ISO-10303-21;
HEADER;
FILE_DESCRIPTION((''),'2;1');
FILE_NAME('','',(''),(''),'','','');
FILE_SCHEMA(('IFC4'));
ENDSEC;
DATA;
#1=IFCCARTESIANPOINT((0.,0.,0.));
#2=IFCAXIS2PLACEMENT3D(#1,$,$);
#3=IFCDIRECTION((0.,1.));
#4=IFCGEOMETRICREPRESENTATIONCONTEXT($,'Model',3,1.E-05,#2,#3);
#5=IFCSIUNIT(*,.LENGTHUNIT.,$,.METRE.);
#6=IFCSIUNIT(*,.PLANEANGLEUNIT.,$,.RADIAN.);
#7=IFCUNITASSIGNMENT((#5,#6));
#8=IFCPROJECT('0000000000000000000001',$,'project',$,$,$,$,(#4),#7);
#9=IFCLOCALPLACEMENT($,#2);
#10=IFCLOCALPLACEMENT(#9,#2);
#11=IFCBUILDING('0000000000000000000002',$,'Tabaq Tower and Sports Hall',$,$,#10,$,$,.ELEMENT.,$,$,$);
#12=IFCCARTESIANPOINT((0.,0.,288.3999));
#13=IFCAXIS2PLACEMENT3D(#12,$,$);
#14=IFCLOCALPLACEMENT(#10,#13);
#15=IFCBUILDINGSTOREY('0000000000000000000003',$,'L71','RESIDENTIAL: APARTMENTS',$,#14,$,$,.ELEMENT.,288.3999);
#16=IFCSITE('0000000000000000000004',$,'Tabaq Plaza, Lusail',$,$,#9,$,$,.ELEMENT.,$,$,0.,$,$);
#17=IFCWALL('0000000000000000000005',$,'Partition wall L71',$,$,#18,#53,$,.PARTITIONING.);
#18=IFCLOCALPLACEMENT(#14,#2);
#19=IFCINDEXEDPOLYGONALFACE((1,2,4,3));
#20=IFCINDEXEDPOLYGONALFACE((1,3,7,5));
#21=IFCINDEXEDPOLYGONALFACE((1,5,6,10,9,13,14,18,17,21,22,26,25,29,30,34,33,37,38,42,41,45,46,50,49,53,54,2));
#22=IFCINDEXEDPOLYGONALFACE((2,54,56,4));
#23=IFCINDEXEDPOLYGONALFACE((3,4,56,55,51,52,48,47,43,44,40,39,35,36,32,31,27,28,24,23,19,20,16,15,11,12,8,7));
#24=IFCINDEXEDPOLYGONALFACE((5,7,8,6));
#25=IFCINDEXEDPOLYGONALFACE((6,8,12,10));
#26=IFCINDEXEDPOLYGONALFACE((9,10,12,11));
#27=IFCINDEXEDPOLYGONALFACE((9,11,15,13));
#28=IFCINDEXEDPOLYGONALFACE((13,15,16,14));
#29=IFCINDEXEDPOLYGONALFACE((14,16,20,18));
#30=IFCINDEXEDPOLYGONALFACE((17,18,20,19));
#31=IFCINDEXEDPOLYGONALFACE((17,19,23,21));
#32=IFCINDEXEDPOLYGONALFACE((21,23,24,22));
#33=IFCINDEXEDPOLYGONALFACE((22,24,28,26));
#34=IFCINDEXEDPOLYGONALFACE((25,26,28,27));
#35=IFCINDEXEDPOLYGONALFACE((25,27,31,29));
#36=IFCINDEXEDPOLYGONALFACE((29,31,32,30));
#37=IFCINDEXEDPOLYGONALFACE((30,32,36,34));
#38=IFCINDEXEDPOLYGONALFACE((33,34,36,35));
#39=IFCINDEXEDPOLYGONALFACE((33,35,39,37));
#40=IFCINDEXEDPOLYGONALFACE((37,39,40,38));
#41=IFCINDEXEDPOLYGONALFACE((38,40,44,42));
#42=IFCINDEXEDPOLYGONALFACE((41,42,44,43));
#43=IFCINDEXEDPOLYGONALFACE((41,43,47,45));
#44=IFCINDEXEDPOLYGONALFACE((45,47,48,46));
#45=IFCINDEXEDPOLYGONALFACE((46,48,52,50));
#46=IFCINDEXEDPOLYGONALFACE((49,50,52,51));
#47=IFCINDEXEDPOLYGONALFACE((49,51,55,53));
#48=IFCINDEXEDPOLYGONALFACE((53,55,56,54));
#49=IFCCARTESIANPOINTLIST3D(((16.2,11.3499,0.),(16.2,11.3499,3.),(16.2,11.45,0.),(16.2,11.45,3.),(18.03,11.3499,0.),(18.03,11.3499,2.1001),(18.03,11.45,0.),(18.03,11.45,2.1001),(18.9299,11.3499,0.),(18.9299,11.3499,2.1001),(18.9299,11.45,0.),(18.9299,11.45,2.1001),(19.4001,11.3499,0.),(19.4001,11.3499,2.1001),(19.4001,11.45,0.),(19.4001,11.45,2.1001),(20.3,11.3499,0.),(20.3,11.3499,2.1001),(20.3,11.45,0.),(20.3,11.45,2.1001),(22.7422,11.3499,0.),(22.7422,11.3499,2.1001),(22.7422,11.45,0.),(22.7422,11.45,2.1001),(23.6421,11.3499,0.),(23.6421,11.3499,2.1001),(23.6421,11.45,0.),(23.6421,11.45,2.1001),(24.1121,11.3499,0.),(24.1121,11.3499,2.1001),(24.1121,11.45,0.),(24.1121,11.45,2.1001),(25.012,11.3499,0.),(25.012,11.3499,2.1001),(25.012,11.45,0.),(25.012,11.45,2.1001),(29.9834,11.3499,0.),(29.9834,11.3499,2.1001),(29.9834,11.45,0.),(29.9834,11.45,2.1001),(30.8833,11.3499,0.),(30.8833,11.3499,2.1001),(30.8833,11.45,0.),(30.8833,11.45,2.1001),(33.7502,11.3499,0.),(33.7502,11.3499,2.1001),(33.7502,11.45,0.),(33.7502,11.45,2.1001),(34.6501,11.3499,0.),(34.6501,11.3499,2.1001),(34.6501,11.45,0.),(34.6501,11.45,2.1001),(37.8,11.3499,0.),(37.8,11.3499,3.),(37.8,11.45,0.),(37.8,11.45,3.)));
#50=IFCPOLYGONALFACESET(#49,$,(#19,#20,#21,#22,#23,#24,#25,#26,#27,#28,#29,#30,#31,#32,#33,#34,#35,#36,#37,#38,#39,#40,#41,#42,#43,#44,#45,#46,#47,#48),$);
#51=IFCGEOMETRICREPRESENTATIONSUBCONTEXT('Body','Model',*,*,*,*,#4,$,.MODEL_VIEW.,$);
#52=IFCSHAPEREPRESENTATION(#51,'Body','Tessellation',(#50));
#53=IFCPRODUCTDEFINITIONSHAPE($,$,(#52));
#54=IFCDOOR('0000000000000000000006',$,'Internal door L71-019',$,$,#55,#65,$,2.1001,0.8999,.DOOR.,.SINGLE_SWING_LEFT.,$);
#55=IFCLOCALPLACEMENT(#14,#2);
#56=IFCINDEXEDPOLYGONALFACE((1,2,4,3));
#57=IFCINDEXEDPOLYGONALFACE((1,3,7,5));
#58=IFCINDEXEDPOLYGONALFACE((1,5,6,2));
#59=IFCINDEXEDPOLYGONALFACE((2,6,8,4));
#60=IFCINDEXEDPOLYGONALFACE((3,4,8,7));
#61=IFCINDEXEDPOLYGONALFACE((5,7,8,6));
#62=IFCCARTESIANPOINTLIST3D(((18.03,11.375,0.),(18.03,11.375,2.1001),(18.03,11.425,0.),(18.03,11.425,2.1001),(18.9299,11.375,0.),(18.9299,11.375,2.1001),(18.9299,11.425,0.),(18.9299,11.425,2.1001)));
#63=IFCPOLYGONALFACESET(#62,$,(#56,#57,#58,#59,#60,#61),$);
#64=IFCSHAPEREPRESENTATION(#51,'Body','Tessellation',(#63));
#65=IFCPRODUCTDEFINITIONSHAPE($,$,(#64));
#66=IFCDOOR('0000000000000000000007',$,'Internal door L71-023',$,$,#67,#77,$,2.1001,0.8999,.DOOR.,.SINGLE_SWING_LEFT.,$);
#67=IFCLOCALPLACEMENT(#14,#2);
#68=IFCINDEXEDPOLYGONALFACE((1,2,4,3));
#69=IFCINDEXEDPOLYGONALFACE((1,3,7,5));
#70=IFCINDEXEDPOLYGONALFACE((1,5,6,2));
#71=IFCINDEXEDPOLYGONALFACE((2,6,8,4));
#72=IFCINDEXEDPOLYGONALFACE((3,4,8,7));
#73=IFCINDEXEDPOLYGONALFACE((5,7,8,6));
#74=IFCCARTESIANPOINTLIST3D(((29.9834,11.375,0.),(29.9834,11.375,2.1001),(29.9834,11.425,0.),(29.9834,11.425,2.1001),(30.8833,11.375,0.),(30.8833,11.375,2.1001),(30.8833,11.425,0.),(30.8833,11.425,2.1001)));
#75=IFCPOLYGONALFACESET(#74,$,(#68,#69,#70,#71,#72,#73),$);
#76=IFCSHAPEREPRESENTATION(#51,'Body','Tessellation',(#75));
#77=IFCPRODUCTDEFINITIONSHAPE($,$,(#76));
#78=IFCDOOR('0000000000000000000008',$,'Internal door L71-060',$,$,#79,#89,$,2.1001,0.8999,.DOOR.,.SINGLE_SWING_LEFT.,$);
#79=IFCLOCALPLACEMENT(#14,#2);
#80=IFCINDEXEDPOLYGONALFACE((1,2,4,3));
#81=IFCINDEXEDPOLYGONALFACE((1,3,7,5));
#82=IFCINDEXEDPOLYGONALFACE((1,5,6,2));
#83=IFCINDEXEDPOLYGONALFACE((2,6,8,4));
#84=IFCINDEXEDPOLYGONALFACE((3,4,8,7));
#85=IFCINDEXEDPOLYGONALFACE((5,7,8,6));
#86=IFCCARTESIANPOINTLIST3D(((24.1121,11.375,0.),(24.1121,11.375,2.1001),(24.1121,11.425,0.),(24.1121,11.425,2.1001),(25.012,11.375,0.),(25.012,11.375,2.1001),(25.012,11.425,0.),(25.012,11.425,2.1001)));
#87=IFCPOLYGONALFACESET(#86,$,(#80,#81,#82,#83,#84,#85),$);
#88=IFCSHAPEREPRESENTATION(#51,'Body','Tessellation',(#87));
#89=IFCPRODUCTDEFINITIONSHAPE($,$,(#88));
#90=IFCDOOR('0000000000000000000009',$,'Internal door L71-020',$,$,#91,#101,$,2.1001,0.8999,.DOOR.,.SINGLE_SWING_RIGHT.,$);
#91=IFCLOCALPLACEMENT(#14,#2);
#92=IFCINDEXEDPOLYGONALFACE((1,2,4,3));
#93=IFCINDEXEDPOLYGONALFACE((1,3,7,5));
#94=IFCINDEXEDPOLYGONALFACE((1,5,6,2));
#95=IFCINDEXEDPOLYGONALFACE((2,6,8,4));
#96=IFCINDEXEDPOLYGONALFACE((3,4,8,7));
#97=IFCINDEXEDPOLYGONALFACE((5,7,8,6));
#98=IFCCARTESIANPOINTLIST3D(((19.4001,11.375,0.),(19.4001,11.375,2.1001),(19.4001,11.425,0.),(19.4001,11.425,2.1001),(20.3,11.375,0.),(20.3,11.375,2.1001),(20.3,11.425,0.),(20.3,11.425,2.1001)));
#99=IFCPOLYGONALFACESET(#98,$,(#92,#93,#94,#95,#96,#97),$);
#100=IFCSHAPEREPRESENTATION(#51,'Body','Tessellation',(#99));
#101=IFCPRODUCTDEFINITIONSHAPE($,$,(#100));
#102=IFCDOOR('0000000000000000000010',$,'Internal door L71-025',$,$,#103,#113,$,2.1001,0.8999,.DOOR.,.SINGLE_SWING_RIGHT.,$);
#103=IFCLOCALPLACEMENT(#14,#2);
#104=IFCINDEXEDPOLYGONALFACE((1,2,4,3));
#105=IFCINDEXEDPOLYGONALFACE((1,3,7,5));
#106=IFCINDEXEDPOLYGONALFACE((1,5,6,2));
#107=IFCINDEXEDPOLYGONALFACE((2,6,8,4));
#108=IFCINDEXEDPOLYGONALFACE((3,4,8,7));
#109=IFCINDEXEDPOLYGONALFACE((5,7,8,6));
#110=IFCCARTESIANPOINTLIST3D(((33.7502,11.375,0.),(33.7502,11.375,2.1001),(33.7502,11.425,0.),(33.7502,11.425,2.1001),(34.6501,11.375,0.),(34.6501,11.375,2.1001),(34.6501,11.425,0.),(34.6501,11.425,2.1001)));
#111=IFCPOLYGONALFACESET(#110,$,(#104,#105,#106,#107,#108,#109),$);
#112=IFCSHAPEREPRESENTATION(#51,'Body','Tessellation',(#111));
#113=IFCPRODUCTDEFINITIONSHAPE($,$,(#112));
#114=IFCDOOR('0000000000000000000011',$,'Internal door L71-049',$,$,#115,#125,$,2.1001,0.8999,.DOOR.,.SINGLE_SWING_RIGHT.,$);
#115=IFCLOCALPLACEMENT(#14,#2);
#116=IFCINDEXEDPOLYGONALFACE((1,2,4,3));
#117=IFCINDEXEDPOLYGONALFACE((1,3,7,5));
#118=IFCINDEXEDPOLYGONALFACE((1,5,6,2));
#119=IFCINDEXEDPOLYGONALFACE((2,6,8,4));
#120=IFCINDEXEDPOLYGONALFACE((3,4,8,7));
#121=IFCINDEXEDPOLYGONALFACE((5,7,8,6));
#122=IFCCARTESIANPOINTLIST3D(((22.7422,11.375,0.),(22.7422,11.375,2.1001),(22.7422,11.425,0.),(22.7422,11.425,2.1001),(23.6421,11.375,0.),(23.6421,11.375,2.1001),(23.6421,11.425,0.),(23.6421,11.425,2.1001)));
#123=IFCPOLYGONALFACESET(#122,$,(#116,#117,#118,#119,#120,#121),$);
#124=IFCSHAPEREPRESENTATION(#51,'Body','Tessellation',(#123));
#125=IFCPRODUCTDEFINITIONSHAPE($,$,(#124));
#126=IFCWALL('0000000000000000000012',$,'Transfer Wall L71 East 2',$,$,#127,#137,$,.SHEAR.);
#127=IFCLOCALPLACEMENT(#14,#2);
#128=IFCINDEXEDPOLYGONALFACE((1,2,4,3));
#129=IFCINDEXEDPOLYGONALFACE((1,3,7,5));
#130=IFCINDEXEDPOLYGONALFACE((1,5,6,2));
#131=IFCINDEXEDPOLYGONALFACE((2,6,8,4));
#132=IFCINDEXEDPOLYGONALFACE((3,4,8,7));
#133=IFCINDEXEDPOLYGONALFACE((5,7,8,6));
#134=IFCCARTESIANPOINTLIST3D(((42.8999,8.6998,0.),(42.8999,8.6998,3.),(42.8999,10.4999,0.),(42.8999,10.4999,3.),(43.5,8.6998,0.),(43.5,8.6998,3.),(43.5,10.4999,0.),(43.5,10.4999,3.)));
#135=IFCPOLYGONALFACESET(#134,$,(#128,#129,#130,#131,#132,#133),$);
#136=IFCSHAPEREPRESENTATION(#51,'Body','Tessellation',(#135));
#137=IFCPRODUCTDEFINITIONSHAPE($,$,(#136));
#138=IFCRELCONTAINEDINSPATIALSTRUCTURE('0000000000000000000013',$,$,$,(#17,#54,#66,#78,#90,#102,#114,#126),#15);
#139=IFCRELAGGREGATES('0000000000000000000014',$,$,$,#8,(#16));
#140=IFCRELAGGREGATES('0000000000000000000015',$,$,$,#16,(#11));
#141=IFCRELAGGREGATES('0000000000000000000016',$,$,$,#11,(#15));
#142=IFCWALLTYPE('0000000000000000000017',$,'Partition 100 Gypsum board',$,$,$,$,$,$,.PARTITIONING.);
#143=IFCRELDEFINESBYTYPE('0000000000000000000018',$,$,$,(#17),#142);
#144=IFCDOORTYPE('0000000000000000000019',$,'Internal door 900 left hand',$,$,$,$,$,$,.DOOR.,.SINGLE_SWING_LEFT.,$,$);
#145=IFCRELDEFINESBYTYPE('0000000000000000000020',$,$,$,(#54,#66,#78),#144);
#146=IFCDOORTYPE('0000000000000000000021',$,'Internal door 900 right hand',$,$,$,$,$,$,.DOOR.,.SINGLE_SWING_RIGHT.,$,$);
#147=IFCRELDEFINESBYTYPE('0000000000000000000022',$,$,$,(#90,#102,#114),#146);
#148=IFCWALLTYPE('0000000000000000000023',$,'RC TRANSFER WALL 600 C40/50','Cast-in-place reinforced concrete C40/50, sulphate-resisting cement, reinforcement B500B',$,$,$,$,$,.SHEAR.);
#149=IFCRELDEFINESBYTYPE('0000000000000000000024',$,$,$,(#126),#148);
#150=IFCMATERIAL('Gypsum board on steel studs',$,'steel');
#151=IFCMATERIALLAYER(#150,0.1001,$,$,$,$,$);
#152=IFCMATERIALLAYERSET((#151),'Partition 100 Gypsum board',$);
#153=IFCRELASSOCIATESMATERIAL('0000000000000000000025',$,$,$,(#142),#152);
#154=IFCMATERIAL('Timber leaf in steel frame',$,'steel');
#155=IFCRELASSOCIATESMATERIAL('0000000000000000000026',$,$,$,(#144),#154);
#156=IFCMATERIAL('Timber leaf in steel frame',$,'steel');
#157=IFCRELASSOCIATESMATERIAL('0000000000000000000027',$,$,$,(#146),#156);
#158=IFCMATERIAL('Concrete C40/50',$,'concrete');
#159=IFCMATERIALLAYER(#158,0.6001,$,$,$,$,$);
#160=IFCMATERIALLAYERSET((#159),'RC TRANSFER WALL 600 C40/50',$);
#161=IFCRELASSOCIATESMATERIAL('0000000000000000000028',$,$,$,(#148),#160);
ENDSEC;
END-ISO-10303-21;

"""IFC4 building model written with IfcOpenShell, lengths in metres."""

from ifc_helpers import new_model, si_unit, direction, frame, frame_2d, origin, place, context, subcontext, project, spatial, rectangle, extrude, material, layer, layer_set, type_object, element, fill, save


model = new_model("IFC4")

# Units and contexts
model_context = context("Model", 3, precision=1e-05, world=origin(), true_north=direction((0.0, 1.0)))
body_context = subcontext(model_context, "Body", "Model", "MODEL_VIEW")
ifc_project = project(units=[si_unit("LENGTHUNIT", "METRE"), si_unit("PLANEANGLEUNIT", "RADIAN")], contexts=[model_context])

# Site, building, storey
site_placement = place(None, origin())
site = spatial("IfcSite", under=ifc_project, at=site_placement, Name="Tabaq Plaza, Lusail", CompositionType="ELEMENT", RefElevation=0.0)
building_placement = place(site_placement, origin())
building = spatial("IfcBuilding", under=site, at=building_placement, Name="Tabaq Tower and Sports Hall", CompositionType="ELEMENT")
storey_placement = place(building_placement, frame((0.0, 0.0, 288.3999)))
storey = spatial("IfcBuildingStorey", under=building, at=storey_placement, Name="L71", Description="RESIDENTIAL: APARTMENTS", CompositionType="ELEMENT", Elevation=288.3999)

# Wall, openings, doors
ifc_material_1 = material(Name="Gypsum board on steel studs", Category="steel")
ifc_layer_1 = layer(ifc_material_1, 0.1001)
ifc_layer_set_1 = layer_set([ifc_layer_1], Name="Partition 100 Gypsum board")
wall_type_1 = type_object("IfcWallType", Name="Partition 100 Gypsum board", PredefinedType="PARTITIONING", material=ifc_layer_set_1)
wall_1_placement = place(storey_placement, frame((37.8, 11.3999, 0.0), z_axis=(0.0, 0.0, 1.0), x_axis=(-1.0, 0.0, 0.0)))
wall_1 = element("IfcWall", 1, at=wall_1_placement, inside=storey, type_object=wall_type_1, Name="Partition wall L71", PredefinedType="PARTITIONING", context=body_context, shape_type="SweptSolid", body=[
    extrude(rectangle(XDim=21.6001, YDim=0.1001, at=frame_2d((10.8, 0.0))), origin(), (0.0, 0.0, 1.0), 3.0),
])
opening_1_placement = place(wall_1_placement, frame((18.8701, 0.0, 0.0)))
opening_1 = element("IfcOpeningElement", 2, at=opening_1_placement, cuts=wall_1, PredefinedType="OPENING", context=body_context, shape_type="SweptSolid", body=[
    extrude(rectangle(XDim=0.8999, YDim=2.1001, at=frame_2d((0.45, 1.05))), frame((0.0, 0.05, 0.0), z_axis=(0.0, -1.0, 0.0), x_axis=(1.0, 0.0, 0.0)), (0.0, 0.0, 1.0), 0.1001),
])
opening_2_placement = place(wall_1_placement, frame((17.5, 0.0, 0.0)))
opening_2 = element("IfcOpeningElement", 3, at=opening_2_placement, cuts=wall_1, PredefinedType="OPENING", context=body_context, shape_type="SweptSolid", body=[
    extrude(rectangle(XDim=0.8999, YDim=2.1001, at=frame_2d((0.45, 1.05))), frame((0.0, 0.05, 0.0), z_axis=(0.0, -1.0, 0.0), x_axis=(1.0, 0.0, 0.0)), (0.0, 0.0, 1.0), 0.1001),
])
opening_3_placement = place(wall_1_placement, frame((6.9167, 0.0, 0.0)))
opening_3 = element("IfcOpeningElement", 4, at=opening_3_placement, cuts=wall_1, PredefinedType="OPENING", context=body_context, shape_type="SweptSolid", body=[
    extrude(rectangle(XDim=0.8999, YDim=2.1001, at=frame_2d((0.45, 1.05))), frame((0.0, 0.05, 0.0), z_axis=(0.0, -1.0, 0.0), x_axis=(1.0, 0.0, 0.0)), (0.0, 0.0, 1.0), 0.1001),
])
opening_4_placement = place(wall_1_placement, frame((3.1499, 0.0, 0.0)))
opening_4 = element("IfcOpeningElement", 5, at=opening_4_placement, cuts=wall_1, PredefinedType="OPENING", context=body_context, shape_type="SweptSolid", body=[
    extrude(rectangle(XDim=0.8999, YDim=2.1001, at=frame_2d((0.45, 1.05))), frame((0.0, 0.05, 0.0), z_axis=(0.0, -1.0, 0.0), x_axis=(1.0, 0.0, 0.0)), (0.0, 0.0, 1.0), 0.1001),
])
opening_5_placement = place(wall_1_placement, frame((14.158, 0.0, 0.0)))
opening_5 = element("IfcOpeningElement", 6, at=opening_5_placement, cuts=wall_1, PredefinedType="OPENING", context=body_context, shape_type="SweptSolid", body=[
    extrude(rectangle(XDim=0.8999, YDim=2.1001, at=frame_2d((0.45, 1.05))), frame((0.0, 0.05, 0.0), z_axis=(0.0, -1.0, 0.0), x_axis=(1.0, 0.0, 0.0)), (0.0, 0.0, 1.0), 0.1001),
])
opening_6_placement = place(wall_1_placement, frame((12.7881, 0.0, 0.0)))
opening_6 = element("IfcOpeningElement", 7, at=opening_6_placement, cuts=wall_1, PredefinedType="OPENING", context=body_context, shape_type="SweptSolid", body=[
    extrude(rectangle(XDim=0.8999, YDim=2.1001, at=frame_2d((0.45, 1.05))), frame((0.0, 0.05, 0.0), z_axis=(0.0, -1.0, 0.0), x_axis=(1.0, 0.0, 0.0)), (0.0, 0.0, 1.0), 0.1001),
])
ifc_material_2 = material(Name="Timber leaf in steel frame", Category="steel")
door_type_1 = type_object("IfcDoorType", Name="Internal door 900 left hand", OperationType="SINGLE_SWING_LEFT", PredefinedType="DOOR", material=ifc_material_2)
door_1_placement = place(opening_1_placement, origin())
door_1 = element("IfcDoor", 8, at=door_1_placement, inside=storey, type_object=door_type_1, Name="Internal door L71-019", OperationType="SINGLE_SWING_LEFT", OverallHeight=2.1001, OverallWidth=0.8999, PredefinedType="DOOR", context=body_context, shape_type="SweptSolid", body=[
    extrude(rectangle(XDim=0.8999, YDim=2.1001, at=frame_2d((0.45, 1.05))), frame((0.0, 0.0249, 0.0), z_axis=(0.0, -1.0, 0.0), x_axis=(1.0, 0.0, 0.0)), (0.0, 0.0, 1.0), 0.05),
])
fill(opening_1, door_1)
door_2_placement = place(opening_3_placement, origin())
door_2 = element("IfcDoor", 9, at=door_2_placement, inside=storey, type_object=door_type_1, Name="Internal door L71-023", OperationType="SINGLE_SWING_LEFT", OverallHeight=2.1001, OverallWidth=0.8999, PredefinedType="DOOR", context=body_context, shape_type="SweptSolid", body=[
    extrude(rectangle(XDim=0.8999, YDim=2.1001, at=frame_2d((0.45, 1.05))), frame((0.0, 0.0249, 0.0), z_axis=(0.0, -1.0, 0.0), x_axis=(1.0, 0.0, 0.0)), (0.0, 0.0, 1.0), 0.05),
])
fill(opening_3, door_2)
door_3_placement = place(opening_6_placement, origin())
door_3 = element("IfcDoor", 10, at=door_3_placement, inside=storey, type_object=door_type_1, Name="Internal door L71-060", OperationType="SINGLE_SWING_LEFT", OverallHeight=2.1001, OverallWidth=0.8999, PredefinedType="DOOR", context=body_context, shape_type="SweptSolid", body=[
    extrude(rectangle(XDim=0.8999, YDim=2.1001, at=frame_2d((0.45, 1.05))), frame((0.0, 0.0249, 0.0), z_axis=(0.0, -1.0, 0.0), x_axis=(1.0, 0.0, 0.0)), (0.0, 0.0, 1.0), 0.05),
])
fill(opening_6, door_3)
ifc_material_3 = material(Name="Timber leaf in steel frame", Category="steel")
door_type_2 = type_object("IfcDoorType", Name="Internal door 900 right hand", OperationType="SINGLE_SWING_RIGHT", PredefinedType="DOOR", material=ifc_material_3)
door_4_placement = place(opening_2_placement, origin())
door_4 = element("IfcDoor", 11, at=door_4_placement, inside=storey, type_object=door_type_2, Name="Internal door L71-020", OperationType="SINGLE_SWING_RIGHT", OverallHeight=2.1001, OverallWidth=0.8999, PredefinedType="DOOR", context=body_context, shape_type="SweptSolid", body=[
    extrude(rectangle(XDim=0.8999, YDim=2.1001, at=frame_2d((0.45, 1.05))), frame((0.0, 0.0249, 0.0), z_axis=(0.0, -1.0, 0.0), x_axis=(1.0, 0.0, 0.0)), (0.0, 0.0, 1.0), 0.05),
])
fill(opening_2, door_4)
door_5_placement = place(opening_4_placement, origin())
door_5 = element("IfcDoor", 12, at=door_5_placement, inside=storey, type_object=door_type_2, Name="Internal door L71-025", OperationType="SINGLE_SWING_RIGHT", OverallHeight=2.1001, OverallWidth=0.8999, PredefinedType="DOOR", context=body_context, shape_type="SweptSolid", body=[
    extrude(rectangle(XDim=0.8999, YDim=2.1001, at=frame_2d((0.45, 1.05))), frame((0.0, 0.0249, 0.0), z_axis=(0.0, -1.0, 0.0), x_axis=(1.0, 0.0, 0.0)), (0.0, 0.0, 1.0), 0.05),
])
fill(opening_4, door_5)
door_6_placement = place(opening_5_placement, origin())
door_6 = element("IfcDoor", 13, at=door_6_placement, inside=storey, type_object=door_type_2, Name="Internal door L71-049", OperationType="SINGLE_SWING_RIGHT", OverallHeight=2.1001, OverallWidth=0.8999, PredefinedType="DOOR", context=body_context, shape_type="SweptSolid", body=[
    extrude(rectangle(XDim=0.8999, YDim=2.1001, at=frame_2d((0.45, 1.05))), frame((0.0, 0.0249, 0.0), z_axis=(0.0, -1.0, 0.0), x_axis=(1.0, 0.0, 0.0)), (0.0, 0.0, 1.0), 0.05),
])
fill(opening_5, door_6)

# Wall
ifc_material_4 = material(Name="Concrete C40/50", Category="concrete")
ifc_layer_2 = layer(ifc_material_4, 0.6001)
ifc_layer_set_2 = layer_set([ifc_layer_2], Name="RC TRANSFER WALL 600 C40/50")
wall_type_2 = type_object("IfcWallType", Name="RC TRANSFER WALL 600 C40/50", Description="Cast-in-place reinforced concrete C40/50, sulphate-resisting cement, reinforcement B500B", PredefinedType="SHEAR", material=ifc_layer_set_2)
wall_2_placement = place(storey_placement, frame((43.2, 8.7, 0.0), z_axis=(0.0, 0.0, 1.0), x_axis=(0.0, 1.0, 0.0)))
element("IfcWall", 14, at=wall_2_placement, inside=storey, type_object=wall_type_2, Name="Transfer Wall L71 East 2", PredefinedType="SHEAR", context=body_context, shape_type="SweptSolid", body=[
    extrude(rectangle(XDim=1.8, YDim=0.6001, at=frame_2d((0.8999, 0.0))), origin(), (0.0, 0.0, 1.0), 3.0),
])

save(model, "model.ifc")
